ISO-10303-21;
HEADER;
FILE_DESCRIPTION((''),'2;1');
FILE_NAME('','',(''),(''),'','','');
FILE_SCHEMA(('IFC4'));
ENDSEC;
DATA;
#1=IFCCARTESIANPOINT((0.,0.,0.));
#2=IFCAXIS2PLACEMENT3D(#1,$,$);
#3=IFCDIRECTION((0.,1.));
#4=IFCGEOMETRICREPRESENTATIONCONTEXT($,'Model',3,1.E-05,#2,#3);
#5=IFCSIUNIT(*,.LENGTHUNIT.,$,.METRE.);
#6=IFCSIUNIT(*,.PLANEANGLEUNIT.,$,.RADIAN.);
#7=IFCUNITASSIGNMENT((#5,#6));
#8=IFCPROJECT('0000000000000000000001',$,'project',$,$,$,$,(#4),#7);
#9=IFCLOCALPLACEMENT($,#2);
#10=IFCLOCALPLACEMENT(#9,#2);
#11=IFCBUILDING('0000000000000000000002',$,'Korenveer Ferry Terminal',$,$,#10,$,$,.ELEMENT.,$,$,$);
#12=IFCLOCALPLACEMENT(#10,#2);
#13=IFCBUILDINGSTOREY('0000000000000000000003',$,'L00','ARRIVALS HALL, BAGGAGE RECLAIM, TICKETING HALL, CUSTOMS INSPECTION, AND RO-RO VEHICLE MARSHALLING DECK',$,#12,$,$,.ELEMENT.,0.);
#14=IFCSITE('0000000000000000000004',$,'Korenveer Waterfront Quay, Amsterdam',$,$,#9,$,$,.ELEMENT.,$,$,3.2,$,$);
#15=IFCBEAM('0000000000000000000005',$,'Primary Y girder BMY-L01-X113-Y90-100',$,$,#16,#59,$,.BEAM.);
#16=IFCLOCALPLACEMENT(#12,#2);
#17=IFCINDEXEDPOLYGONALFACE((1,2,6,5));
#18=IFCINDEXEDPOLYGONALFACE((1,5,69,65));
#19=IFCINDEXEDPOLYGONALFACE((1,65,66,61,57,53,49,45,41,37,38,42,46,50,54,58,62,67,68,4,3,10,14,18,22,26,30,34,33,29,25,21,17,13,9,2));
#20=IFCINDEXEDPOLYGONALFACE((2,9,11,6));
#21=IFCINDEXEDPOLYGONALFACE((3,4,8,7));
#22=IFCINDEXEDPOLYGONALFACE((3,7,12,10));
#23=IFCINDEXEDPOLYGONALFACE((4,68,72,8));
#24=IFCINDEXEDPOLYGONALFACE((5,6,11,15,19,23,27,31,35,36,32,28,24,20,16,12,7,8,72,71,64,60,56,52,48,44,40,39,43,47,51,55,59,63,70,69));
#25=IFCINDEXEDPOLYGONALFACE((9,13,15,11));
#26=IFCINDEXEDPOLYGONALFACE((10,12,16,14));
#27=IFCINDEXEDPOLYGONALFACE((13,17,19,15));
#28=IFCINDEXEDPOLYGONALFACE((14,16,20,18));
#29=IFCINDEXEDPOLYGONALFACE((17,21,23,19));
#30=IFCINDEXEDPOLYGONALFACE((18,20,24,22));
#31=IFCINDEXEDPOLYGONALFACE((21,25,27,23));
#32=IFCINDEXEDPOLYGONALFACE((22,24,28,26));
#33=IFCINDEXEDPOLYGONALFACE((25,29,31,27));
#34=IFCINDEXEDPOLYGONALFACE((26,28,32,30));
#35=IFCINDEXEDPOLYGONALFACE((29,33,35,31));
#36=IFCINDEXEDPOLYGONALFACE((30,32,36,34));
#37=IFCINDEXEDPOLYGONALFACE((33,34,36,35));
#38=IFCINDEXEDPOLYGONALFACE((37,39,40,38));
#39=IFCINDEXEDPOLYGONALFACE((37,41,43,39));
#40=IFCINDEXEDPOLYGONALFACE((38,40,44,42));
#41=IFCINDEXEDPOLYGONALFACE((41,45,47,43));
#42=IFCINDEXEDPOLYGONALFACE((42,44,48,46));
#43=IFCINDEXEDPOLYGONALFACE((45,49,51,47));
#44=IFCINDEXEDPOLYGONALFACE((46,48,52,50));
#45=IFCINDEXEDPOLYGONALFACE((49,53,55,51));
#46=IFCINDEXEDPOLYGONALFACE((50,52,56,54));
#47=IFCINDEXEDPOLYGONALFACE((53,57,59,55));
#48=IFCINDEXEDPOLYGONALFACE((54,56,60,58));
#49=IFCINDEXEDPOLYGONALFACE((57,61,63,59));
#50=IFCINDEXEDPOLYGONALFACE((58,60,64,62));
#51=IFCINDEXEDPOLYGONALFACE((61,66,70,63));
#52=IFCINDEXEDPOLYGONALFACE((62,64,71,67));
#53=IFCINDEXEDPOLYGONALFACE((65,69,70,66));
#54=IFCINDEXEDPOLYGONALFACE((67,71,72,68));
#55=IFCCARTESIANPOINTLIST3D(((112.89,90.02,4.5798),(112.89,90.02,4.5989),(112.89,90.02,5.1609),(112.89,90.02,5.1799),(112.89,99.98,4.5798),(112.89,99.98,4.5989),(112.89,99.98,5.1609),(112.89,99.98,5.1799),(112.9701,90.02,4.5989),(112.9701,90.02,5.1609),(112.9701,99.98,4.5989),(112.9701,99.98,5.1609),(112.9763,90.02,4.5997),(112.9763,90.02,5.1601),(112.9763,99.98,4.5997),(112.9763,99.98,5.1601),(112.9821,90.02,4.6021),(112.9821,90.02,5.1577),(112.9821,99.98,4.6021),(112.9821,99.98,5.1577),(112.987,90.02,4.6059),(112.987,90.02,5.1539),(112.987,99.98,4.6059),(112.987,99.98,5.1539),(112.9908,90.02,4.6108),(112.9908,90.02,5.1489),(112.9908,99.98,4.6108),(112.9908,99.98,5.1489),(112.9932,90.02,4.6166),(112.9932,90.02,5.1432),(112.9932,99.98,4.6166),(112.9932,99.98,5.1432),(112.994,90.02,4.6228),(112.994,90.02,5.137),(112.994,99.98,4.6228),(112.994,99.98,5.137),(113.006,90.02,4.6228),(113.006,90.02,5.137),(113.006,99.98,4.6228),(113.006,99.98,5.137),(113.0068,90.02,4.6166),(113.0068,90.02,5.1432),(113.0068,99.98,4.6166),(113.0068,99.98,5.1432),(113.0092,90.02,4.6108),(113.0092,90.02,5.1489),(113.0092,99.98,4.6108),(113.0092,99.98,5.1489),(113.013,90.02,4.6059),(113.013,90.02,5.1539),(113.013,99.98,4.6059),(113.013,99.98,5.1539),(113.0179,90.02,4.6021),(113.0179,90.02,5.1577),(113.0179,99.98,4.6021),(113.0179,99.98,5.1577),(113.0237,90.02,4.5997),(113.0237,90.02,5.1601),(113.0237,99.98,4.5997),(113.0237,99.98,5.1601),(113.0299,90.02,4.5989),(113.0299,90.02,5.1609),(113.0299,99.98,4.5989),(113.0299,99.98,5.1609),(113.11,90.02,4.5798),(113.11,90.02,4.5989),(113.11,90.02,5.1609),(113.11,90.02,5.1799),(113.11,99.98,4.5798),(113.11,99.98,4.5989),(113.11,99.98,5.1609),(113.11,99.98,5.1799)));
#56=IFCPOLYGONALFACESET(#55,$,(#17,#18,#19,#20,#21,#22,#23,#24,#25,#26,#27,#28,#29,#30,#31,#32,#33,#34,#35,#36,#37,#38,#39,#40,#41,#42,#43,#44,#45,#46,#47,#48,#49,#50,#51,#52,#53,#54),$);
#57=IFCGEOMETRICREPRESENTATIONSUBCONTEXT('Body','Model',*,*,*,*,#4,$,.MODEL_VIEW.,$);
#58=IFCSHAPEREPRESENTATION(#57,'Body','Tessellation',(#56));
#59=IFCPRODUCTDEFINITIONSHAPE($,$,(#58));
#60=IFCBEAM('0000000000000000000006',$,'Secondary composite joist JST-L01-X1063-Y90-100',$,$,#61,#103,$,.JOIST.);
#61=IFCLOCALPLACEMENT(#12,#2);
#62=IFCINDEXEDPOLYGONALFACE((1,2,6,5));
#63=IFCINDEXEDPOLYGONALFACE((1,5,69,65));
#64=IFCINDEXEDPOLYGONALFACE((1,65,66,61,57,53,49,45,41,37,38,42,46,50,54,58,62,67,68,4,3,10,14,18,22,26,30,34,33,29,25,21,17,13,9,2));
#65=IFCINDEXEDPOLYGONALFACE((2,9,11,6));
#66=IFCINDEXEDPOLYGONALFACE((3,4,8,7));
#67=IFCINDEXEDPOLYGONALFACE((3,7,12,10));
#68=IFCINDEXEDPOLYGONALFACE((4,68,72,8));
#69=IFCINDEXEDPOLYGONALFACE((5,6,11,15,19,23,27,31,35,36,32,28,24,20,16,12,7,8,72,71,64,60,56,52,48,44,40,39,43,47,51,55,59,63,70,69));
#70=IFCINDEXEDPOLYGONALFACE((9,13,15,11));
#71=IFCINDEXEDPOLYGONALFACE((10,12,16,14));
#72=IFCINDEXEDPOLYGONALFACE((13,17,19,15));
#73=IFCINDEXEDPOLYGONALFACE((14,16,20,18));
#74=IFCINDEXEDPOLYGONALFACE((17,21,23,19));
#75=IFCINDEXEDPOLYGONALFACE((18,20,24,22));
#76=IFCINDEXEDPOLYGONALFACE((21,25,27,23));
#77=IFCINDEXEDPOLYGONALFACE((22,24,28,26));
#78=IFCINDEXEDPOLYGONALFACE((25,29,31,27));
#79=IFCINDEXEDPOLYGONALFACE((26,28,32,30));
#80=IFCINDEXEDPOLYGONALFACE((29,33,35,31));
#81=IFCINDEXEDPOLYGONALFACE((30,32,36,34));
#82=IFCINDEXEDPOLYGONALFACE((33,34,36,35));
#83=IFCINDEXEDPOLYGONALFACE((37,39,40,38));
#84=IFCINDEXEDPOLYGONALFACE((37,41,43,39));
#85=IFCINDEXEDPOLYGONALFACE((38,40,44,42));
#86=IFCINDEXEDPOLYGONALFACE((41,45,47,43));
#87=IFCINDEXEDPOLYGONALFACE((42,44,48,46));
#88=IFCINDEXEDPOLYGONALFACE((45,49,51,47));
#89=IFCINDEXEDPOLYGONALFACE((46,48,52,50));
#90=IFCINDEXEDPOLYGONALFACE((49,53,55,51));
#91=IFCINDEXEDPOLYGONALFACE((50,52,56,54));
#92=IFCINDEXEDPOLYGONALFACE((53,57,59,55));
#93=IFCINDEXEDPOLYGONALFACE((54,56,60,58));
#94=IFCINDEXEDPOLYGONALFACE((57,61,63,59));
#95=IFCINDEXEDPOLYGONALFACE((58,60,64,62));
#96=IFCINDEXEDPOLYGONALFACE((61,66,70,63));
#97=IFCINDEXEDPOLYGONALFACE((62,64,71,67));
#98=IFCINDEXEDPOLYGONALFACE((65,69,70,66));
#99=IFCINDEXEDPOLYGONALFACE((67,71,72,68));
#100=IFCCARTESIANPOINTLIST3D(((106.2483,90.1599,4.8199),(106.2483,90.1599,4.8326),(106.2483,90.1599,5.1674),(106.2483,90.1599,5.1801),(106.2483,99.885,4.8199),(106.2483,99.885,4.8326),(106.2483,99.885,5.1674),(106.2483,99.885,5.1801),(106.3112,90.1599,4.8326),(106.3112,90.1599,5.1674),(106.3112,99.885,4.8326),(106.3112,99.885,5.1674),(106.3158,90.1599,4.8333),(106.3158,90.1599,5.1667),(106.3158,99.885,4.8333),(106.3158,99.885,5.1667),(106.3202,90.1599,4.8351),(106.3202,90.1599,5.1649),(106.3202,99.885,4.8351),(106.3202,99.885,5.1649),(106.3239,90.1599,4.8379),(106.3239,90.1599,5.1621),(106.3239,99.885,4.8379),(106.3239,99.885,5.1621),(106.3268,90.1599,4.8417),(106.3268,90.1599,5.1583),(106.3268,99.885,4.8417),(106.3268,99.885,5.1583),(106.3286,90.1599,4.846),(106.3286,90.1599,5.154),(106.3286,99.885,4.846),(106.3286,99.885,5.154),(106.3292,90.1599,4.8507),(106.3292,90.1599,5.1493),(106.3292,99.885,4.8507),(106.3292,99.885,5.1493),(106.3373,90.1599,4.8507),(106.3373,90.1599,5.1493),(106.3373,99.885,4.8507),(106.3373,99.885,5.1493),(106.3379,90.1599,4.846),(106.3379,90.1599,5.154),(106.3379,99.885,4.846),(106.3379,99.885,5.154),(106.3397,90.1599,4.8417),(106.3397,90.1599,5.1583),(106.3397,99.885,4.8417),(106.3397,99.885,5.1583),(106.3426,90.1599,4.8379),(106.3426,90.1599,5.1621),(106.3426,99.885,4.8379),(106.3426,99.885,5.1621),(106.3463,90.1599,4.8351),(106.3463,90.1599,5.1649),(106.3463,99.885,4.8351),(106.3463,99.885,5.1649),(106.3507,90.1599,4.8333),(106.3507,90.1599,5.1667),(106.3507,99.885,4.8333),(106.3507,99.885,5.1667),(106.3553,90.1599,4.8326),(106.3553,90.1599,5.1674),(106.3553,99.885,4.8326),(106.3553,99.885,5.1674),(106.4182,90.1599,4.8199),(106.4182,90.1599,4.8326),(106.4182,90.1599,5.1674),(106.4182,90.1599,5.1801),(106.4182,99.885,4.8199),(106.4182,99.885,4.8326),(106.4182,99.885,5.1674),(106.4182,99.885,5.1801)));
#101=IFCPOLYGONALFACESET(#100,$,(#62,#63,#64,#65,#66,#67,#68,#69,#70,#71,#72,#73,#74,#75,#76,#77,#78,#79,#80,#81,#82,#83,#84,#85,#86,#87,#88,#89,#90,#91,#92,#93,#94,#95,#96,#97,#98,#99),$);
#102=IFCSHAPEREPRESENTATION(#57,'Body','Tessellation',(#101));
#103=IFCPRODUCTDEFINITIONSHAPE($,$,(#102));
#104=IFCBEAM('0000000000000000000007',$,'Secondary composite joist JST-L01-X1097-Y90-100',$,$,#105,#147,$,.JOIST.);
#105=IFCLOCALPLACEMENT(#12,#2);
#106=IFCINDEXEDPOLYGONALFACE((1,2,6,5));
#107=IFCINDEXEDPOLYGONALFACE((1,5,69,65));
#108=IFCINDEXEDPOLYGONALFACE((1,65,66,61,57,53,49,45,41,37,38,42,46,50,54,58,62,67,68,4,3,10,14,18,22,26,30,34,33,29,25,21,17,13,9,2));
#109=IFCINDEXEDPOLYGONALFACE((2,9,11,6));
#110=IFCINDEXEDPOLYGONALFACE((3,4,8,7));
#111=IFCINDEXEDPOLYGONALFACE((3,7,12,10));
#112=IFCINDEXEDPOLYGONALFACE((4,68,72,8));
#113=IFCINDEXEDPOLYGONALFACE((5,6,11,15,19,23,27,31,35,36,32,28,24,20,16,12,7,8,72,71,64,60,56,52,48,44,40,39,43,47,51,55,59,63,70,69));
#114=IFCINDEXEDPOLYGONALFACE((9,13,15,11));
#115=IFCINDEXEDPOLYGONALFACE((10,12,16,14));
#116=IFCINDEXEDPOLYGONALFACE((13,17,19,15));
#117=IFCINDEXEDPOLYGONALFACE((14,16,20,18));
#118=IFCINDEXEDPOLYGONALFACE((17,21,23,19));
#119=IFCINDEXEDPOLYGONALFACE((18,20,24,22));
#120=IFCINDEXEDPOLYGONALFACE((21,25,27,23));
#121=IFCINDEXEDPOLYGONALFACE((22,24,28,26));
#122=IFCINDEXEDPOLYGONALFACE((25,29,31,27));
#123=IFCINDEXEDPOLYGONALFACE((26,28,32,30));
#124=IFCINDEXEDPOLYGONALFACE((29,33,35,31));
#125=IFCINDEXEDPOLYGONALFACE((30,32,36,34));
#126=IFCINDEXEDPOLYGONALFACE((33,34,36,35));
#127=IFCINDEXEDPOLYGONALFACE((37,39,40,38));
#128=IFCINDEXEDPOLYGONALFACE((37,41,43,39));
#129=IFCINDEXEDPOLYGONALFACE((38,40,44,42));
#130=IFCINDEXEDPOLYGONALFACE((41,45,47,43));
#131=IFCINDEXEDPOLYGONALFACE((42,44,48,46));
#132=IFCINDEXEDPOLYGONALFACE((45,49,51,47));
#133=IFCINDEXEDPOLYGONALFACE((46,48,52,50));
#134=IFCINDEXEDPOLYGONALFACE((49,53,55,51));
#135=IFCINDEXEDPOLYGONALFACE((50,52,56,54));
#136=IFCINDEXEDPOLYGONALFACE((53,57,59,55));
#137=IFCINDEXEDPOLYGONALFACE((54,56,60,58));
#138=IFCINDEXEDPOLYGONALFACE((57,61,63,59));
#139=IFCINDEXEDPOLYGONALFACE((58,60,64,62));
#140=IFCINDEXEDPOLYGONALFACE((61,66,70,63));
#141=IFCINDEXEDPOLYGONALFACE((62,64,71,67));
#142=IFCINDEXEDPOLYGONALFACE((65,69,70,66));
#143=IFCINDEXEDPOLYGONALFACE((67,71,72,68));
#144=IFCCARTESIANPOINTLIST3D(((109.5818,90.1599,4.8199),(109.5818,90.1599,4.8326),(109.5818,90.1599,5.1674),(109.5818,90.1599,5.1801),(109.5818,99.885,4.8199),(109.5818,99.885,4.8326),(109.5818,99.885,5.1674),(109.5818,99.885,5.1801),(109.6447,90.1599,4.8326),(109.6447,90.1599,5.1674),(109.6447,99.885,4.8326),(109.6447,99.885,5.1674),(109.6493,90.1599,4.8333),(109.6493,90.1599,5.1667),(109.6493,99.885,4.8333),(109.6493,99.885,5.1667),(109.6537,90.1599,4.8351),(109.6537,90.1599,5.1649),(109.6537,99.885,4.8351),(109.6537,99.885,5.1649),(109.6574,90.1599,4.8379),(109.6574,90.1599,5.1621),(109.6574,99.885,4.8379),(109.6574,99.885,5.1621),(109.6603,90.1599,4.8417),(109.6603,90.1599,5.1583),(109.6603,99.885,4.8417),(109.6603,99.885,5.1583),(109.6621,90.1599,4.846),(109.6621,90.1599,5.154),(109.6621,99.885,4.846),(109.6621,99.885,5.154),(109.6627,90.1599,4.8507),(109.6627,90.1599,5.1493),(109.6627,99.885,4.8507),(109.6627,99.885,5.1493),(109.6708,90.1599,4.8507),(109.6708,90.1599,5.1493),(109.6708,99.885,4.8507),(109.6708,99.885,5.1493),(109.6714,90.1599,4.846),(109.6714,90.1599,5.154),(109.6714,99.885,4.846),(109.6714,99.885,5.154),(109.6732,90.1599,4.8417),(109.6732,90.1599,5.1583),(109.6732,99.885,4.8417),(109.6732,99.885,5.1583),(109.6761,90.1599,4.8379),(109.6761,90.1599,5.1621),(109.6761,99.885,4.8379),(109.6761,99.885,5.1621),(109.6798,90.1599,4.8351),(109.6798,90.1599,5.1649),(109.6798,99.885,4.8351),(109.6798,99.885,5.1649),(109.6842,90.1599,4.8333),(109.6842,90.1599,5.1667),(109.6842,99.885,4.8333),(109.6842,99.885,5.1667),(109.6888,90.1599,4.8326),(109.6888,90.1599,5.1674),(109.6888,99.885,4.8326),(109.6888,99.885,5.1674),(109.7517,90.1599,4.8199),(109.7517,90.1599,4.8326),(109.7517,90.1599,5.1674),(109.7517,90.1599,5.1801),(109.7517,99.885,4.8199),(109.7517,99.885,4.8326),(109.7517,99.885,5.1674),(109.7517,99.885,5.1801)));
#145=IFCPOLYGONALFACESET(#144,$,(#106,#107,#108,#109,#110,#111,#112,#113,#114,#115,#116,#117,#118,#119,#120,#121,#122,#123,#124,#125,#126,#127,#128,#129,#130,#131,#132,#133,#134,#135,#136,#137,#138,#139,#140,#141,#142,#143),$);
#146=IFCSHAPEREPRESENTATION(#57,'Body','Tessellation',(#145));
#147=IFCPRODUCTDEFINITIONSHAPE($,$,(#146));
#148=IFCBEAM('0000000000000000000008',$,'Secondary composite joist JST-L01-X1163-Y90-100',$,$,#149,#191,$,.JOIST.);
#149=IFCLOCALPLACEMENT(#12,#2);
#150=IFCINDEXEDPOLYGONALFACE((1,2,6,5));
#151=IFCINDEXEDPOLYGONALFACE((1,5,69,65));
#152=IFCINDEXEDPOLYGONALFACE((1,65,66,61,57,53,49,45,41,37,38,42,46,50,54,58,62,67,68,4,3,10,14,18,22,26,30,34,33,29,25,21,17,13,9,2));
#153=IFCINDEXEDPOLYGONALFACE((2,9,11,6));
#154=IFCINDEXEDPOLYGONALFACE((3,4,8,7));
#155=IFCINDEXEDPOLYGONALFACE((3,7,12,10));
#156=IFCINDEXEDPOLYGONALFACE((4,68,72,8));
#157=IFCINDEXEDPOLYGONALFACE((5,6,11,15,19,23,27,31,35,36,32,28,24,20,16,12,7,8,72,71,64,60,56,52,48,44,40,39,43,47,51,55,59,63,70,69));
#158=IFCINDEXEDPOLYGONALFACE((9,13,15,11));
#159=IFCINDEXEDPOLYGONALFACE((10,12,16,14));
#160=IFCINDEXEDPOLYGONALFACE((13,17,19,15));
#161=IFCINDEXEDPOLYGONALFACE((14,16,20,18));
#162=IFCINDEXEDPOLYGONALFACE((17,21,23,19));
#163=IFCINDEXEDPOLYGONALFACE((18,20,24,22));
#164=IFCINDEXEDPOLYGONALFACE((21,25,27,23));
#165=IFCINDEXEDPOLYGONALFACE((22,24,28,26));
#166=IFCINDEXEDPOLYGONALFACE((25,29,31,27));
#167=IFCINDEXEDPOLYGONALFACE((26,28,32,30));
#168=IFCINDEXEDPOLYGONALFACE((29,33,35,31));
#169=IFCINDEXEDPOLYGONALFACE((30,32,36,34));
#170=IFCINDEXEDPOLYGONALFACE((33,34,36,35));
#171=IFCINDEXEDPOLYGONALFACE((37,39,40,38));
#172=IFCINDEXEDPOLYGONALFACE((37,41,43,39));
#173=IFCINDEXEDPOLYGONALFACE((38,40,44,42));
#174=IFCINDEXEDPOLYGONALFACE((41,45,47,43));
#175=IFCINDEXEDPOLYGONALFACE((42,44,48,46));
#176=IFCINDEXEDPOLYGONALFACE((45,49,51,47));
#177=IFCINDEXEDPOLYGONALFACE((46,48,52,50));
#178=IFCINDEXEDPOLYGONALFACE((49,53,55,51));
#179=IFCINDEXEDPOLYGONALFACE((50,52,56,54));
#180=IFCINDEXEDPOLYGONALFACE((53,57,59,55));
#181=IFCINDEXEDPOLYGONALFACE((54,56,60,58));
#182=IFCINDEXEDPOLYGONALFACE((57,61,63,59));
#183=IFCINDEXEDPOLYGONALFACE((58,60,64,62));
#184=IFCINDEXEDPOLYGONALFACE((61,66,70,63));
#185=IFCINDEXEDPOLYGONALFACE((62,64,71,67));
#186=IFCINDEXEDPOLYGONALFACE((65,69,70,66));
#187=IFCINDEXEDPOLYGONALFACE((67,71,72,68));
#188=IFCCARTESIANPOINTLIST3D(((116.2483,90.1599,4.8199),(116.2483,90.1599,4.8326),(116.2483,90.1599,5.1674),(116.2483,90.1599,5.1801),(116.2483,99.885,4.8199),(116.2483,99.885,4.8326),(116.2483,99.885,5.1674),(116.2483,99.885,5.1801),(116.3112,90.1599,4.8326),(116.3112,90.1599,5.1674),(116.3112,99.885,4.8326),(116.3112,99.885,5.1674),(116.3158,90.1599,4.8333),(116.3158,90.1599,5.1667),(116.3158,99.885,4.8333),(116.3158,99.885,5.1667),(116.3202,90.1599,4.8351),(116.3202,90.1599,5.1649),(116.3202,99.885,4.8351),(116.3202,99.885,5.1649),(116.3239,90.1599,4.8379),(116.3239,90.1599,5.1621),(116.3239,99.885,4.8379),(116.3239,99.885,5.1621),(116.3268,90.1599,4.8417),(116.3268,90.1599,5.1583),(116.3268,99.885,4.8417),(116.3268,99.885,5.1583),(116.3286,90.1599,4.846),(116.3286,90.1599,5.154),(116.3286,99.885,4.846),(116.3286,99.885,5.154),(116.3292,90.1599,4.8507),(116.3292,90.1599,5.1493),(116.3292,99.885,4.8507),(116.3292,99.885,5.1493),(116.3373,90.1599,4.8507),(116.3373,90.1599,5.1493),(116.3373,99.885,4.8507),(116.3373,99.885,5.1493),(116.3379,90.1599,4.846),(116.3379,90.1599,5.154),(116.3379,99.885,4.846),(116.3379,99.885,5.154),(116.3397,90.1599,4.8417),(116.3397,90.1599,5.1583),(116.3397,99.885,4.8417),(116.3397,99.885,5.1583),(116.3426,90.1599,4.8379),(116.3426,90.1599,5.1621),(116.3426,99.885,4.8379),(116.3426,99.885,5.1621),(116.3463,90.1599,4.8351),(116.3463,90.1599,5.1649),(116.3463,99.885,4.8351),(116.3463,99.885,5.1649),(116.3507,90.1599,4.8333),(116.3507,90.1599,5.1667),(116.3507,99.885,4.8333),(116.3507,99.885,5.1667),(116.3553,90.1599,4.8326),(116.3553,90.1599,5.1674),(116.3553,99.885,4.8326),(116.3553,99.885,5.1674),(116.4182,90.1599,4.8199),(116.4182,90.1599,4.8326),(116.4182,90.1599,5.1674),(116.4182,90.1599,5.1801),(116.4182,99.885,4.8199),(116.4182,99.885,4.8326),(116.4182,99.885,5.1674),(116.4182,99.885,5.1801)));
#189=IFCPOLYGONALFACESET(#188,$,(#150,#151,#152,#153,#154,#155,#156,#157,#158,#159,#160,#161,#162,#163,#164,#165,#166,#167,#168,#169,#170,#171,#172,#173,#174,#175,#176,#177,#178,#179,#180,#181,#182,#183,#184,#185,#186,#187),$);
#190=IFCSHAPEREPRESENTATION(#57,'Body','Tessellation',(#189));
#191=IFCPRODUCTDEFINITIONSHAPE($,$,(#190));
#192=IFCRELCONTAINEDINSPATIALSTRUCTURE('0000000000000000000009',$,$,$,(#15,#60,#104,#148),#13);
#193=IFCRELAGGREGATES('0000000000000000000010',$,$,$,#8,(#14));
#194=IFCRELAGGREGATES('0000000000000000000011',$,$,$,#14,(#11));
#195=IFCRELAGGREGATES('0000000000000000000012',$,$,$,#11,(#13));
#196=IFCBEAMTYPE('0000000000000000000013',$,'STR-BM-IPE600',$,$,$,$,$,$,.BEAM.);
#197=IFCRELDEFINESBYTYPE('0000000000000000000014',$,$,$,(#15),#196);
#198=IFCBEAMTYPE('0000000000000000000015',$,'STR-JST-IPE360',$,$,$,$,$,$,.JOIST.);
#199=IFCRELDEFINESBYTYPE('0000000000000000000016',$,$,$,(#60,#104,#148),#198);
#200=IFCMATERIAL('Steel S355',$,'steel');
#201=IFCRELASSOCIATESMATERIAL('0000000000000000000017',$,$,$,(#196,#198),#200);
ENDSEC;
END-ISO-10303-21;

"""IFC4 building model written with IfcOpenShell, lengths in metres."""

from ifc_helpers import new_model, si_unit, direction, frame, origin, origin_2d, place, context, subcontext, project, spatial, i_section, extrude, material, material_profile, profile_set, type_object, element, save


model = new_model("IFC4")

# Units and contexts
model_context = context("Model", 3, precision=1e-05, world=origin(), true_north=direction((0.0, 1.0)))
body_context = subcontext(model_context, "Body", "Model", "MODEL_VIEW")
ifc_project = project(units=[si_unit("LENGTHUNIT", "METRE"), si_unit("PLANEANGLEUNIT", "RADIAN")], contexts=[model_context])

# Site, building, storey
site_placement = place(None, origin())
site = spatial("IfcSite", under=ifc_project, at=site_placement, Name="Korenveer Waterfront Quay, Amsterdam", CompositionType="ELEMENT", RefElevation=3.2)
building_placement = place(site_placement, origin())
building = spatial("IfcBuilding", under=site, at=building_placement, Name="Korenveer Ferry Terminal", CompositionType="ELEMENT")
storey_placement = place(building_placement, origin())
storey = spatial("IfcBuildingStorey", under=building, at=storey_placement, Name="L00", Description="ARRIVALS HALL, BAGGAGE RECLAIM, TICKETING HALL, CUSTOMS INSPECTION, AND RO-RO VEHICLE MARSHALLING DECK", CompositionType="ELEMENT", Elevation=0.0)

# Shared definitions
ifc_material_1 = material(Name="Steel S355", Category="steel")

# Beams
ifc_material_profile_1 = material_profile(ifc_material_1, i_section(OverallWidth=0.22, OverallDepth=0.6001, WebThickness=0.012, FlangeThickness=0.019, FilletRadius=0.0239, at=origin_2d()), Name="IPE 600")
ifc_profile_set_1 = profile_set([ifc_material_profile_1], Name="Steel S355")
beam_type_1 = type_object("IfcBeamType", Name="STR-BM-IPE600", PredefinedType="BEAM", material=ifc_profile_set_1)
beam_1_placement = place(storey_placement, frame((113.0, 90.02, 4.8799), z_axis=(0.0, 1.0, 0.0), x_axis=(-1.0, 0.0, 0.0)))
element("IfcBeam", 1, at=beam_1_placement, inside=storey, type_object=beam_type_1, Name="Primary Y girder BMY-L01-X113-Y90-100", PredefinedType="BEAM", context=body_context, shape_type="SweptSolid", body=[
    extrude(i_section(OverallWidth=0.22, OverallDepth=0.6001, WebThickness=0.012, FlangeThickness=0.019, FilletRadius=0.0239, at=origin_2d()), origin(), (0.0, 0.0, 1.0), 9.96),
])
ifc_material_profile_2 = material_profile(ifc_material_1, i_section(OverallWidth=0.1699, OverallDepth=0.3601, WebThickness=0.0081, FlangeThickness=0.0127, FilletRadius=0.0181, at=origin_2d()), Name="IPE 360")
ifc_profile_set_2 = profile_set([ifc_material_profile_2], Name="Steel S355")
beam_type_2 = type_object("IfcBeamType", Name="STR-JST-IPE360", PredefinedType="JOIST", material=ifc_profile_set_2)
for number, where, z_axis, x_axis, name in (
    (2, (106.3333, 90.1599, 5.0), (0.0, 1.0, 0.0), (-1.0, 0.0, 0.0), "Secondary composite joist JST-L01-X1063-Y90-100"),
    (3, (109.6667, 90.1599, 5.0), (0.0, 1.0, 0.0), (-1.0, 0.0, 0.0), "Secondary composite joist JST-L01-X1097-Y90-100"),
    (4, (116.3333, 90.1599, 5.0), (0.0, 1.0, 0.0), (-1.0, 0.0, 0.0), "Secondary composite joist JST-L01-X1163-Y90-100"),
):
    element("IfcBeam", number, at=place(storey_placement, frame(where, z_axis=z_axis, x_axis=x_axis)), inside=storey, type_object=beam_type_2, Name=name, PredefinedType="JOIST", context=body_context, shape_type="SweptSolid", body=[
        extrude(i_section(OverallWidth=0.1699, OverallDepth=0.3601, WebThickness=0.0081, FlangeThickness=0.0127, FilletRadius=0.0181, at=origin_2d()), origin(), (0.0, 0.0, 1.0), 9.7251),
    ])

save(model, "model.ifc")
